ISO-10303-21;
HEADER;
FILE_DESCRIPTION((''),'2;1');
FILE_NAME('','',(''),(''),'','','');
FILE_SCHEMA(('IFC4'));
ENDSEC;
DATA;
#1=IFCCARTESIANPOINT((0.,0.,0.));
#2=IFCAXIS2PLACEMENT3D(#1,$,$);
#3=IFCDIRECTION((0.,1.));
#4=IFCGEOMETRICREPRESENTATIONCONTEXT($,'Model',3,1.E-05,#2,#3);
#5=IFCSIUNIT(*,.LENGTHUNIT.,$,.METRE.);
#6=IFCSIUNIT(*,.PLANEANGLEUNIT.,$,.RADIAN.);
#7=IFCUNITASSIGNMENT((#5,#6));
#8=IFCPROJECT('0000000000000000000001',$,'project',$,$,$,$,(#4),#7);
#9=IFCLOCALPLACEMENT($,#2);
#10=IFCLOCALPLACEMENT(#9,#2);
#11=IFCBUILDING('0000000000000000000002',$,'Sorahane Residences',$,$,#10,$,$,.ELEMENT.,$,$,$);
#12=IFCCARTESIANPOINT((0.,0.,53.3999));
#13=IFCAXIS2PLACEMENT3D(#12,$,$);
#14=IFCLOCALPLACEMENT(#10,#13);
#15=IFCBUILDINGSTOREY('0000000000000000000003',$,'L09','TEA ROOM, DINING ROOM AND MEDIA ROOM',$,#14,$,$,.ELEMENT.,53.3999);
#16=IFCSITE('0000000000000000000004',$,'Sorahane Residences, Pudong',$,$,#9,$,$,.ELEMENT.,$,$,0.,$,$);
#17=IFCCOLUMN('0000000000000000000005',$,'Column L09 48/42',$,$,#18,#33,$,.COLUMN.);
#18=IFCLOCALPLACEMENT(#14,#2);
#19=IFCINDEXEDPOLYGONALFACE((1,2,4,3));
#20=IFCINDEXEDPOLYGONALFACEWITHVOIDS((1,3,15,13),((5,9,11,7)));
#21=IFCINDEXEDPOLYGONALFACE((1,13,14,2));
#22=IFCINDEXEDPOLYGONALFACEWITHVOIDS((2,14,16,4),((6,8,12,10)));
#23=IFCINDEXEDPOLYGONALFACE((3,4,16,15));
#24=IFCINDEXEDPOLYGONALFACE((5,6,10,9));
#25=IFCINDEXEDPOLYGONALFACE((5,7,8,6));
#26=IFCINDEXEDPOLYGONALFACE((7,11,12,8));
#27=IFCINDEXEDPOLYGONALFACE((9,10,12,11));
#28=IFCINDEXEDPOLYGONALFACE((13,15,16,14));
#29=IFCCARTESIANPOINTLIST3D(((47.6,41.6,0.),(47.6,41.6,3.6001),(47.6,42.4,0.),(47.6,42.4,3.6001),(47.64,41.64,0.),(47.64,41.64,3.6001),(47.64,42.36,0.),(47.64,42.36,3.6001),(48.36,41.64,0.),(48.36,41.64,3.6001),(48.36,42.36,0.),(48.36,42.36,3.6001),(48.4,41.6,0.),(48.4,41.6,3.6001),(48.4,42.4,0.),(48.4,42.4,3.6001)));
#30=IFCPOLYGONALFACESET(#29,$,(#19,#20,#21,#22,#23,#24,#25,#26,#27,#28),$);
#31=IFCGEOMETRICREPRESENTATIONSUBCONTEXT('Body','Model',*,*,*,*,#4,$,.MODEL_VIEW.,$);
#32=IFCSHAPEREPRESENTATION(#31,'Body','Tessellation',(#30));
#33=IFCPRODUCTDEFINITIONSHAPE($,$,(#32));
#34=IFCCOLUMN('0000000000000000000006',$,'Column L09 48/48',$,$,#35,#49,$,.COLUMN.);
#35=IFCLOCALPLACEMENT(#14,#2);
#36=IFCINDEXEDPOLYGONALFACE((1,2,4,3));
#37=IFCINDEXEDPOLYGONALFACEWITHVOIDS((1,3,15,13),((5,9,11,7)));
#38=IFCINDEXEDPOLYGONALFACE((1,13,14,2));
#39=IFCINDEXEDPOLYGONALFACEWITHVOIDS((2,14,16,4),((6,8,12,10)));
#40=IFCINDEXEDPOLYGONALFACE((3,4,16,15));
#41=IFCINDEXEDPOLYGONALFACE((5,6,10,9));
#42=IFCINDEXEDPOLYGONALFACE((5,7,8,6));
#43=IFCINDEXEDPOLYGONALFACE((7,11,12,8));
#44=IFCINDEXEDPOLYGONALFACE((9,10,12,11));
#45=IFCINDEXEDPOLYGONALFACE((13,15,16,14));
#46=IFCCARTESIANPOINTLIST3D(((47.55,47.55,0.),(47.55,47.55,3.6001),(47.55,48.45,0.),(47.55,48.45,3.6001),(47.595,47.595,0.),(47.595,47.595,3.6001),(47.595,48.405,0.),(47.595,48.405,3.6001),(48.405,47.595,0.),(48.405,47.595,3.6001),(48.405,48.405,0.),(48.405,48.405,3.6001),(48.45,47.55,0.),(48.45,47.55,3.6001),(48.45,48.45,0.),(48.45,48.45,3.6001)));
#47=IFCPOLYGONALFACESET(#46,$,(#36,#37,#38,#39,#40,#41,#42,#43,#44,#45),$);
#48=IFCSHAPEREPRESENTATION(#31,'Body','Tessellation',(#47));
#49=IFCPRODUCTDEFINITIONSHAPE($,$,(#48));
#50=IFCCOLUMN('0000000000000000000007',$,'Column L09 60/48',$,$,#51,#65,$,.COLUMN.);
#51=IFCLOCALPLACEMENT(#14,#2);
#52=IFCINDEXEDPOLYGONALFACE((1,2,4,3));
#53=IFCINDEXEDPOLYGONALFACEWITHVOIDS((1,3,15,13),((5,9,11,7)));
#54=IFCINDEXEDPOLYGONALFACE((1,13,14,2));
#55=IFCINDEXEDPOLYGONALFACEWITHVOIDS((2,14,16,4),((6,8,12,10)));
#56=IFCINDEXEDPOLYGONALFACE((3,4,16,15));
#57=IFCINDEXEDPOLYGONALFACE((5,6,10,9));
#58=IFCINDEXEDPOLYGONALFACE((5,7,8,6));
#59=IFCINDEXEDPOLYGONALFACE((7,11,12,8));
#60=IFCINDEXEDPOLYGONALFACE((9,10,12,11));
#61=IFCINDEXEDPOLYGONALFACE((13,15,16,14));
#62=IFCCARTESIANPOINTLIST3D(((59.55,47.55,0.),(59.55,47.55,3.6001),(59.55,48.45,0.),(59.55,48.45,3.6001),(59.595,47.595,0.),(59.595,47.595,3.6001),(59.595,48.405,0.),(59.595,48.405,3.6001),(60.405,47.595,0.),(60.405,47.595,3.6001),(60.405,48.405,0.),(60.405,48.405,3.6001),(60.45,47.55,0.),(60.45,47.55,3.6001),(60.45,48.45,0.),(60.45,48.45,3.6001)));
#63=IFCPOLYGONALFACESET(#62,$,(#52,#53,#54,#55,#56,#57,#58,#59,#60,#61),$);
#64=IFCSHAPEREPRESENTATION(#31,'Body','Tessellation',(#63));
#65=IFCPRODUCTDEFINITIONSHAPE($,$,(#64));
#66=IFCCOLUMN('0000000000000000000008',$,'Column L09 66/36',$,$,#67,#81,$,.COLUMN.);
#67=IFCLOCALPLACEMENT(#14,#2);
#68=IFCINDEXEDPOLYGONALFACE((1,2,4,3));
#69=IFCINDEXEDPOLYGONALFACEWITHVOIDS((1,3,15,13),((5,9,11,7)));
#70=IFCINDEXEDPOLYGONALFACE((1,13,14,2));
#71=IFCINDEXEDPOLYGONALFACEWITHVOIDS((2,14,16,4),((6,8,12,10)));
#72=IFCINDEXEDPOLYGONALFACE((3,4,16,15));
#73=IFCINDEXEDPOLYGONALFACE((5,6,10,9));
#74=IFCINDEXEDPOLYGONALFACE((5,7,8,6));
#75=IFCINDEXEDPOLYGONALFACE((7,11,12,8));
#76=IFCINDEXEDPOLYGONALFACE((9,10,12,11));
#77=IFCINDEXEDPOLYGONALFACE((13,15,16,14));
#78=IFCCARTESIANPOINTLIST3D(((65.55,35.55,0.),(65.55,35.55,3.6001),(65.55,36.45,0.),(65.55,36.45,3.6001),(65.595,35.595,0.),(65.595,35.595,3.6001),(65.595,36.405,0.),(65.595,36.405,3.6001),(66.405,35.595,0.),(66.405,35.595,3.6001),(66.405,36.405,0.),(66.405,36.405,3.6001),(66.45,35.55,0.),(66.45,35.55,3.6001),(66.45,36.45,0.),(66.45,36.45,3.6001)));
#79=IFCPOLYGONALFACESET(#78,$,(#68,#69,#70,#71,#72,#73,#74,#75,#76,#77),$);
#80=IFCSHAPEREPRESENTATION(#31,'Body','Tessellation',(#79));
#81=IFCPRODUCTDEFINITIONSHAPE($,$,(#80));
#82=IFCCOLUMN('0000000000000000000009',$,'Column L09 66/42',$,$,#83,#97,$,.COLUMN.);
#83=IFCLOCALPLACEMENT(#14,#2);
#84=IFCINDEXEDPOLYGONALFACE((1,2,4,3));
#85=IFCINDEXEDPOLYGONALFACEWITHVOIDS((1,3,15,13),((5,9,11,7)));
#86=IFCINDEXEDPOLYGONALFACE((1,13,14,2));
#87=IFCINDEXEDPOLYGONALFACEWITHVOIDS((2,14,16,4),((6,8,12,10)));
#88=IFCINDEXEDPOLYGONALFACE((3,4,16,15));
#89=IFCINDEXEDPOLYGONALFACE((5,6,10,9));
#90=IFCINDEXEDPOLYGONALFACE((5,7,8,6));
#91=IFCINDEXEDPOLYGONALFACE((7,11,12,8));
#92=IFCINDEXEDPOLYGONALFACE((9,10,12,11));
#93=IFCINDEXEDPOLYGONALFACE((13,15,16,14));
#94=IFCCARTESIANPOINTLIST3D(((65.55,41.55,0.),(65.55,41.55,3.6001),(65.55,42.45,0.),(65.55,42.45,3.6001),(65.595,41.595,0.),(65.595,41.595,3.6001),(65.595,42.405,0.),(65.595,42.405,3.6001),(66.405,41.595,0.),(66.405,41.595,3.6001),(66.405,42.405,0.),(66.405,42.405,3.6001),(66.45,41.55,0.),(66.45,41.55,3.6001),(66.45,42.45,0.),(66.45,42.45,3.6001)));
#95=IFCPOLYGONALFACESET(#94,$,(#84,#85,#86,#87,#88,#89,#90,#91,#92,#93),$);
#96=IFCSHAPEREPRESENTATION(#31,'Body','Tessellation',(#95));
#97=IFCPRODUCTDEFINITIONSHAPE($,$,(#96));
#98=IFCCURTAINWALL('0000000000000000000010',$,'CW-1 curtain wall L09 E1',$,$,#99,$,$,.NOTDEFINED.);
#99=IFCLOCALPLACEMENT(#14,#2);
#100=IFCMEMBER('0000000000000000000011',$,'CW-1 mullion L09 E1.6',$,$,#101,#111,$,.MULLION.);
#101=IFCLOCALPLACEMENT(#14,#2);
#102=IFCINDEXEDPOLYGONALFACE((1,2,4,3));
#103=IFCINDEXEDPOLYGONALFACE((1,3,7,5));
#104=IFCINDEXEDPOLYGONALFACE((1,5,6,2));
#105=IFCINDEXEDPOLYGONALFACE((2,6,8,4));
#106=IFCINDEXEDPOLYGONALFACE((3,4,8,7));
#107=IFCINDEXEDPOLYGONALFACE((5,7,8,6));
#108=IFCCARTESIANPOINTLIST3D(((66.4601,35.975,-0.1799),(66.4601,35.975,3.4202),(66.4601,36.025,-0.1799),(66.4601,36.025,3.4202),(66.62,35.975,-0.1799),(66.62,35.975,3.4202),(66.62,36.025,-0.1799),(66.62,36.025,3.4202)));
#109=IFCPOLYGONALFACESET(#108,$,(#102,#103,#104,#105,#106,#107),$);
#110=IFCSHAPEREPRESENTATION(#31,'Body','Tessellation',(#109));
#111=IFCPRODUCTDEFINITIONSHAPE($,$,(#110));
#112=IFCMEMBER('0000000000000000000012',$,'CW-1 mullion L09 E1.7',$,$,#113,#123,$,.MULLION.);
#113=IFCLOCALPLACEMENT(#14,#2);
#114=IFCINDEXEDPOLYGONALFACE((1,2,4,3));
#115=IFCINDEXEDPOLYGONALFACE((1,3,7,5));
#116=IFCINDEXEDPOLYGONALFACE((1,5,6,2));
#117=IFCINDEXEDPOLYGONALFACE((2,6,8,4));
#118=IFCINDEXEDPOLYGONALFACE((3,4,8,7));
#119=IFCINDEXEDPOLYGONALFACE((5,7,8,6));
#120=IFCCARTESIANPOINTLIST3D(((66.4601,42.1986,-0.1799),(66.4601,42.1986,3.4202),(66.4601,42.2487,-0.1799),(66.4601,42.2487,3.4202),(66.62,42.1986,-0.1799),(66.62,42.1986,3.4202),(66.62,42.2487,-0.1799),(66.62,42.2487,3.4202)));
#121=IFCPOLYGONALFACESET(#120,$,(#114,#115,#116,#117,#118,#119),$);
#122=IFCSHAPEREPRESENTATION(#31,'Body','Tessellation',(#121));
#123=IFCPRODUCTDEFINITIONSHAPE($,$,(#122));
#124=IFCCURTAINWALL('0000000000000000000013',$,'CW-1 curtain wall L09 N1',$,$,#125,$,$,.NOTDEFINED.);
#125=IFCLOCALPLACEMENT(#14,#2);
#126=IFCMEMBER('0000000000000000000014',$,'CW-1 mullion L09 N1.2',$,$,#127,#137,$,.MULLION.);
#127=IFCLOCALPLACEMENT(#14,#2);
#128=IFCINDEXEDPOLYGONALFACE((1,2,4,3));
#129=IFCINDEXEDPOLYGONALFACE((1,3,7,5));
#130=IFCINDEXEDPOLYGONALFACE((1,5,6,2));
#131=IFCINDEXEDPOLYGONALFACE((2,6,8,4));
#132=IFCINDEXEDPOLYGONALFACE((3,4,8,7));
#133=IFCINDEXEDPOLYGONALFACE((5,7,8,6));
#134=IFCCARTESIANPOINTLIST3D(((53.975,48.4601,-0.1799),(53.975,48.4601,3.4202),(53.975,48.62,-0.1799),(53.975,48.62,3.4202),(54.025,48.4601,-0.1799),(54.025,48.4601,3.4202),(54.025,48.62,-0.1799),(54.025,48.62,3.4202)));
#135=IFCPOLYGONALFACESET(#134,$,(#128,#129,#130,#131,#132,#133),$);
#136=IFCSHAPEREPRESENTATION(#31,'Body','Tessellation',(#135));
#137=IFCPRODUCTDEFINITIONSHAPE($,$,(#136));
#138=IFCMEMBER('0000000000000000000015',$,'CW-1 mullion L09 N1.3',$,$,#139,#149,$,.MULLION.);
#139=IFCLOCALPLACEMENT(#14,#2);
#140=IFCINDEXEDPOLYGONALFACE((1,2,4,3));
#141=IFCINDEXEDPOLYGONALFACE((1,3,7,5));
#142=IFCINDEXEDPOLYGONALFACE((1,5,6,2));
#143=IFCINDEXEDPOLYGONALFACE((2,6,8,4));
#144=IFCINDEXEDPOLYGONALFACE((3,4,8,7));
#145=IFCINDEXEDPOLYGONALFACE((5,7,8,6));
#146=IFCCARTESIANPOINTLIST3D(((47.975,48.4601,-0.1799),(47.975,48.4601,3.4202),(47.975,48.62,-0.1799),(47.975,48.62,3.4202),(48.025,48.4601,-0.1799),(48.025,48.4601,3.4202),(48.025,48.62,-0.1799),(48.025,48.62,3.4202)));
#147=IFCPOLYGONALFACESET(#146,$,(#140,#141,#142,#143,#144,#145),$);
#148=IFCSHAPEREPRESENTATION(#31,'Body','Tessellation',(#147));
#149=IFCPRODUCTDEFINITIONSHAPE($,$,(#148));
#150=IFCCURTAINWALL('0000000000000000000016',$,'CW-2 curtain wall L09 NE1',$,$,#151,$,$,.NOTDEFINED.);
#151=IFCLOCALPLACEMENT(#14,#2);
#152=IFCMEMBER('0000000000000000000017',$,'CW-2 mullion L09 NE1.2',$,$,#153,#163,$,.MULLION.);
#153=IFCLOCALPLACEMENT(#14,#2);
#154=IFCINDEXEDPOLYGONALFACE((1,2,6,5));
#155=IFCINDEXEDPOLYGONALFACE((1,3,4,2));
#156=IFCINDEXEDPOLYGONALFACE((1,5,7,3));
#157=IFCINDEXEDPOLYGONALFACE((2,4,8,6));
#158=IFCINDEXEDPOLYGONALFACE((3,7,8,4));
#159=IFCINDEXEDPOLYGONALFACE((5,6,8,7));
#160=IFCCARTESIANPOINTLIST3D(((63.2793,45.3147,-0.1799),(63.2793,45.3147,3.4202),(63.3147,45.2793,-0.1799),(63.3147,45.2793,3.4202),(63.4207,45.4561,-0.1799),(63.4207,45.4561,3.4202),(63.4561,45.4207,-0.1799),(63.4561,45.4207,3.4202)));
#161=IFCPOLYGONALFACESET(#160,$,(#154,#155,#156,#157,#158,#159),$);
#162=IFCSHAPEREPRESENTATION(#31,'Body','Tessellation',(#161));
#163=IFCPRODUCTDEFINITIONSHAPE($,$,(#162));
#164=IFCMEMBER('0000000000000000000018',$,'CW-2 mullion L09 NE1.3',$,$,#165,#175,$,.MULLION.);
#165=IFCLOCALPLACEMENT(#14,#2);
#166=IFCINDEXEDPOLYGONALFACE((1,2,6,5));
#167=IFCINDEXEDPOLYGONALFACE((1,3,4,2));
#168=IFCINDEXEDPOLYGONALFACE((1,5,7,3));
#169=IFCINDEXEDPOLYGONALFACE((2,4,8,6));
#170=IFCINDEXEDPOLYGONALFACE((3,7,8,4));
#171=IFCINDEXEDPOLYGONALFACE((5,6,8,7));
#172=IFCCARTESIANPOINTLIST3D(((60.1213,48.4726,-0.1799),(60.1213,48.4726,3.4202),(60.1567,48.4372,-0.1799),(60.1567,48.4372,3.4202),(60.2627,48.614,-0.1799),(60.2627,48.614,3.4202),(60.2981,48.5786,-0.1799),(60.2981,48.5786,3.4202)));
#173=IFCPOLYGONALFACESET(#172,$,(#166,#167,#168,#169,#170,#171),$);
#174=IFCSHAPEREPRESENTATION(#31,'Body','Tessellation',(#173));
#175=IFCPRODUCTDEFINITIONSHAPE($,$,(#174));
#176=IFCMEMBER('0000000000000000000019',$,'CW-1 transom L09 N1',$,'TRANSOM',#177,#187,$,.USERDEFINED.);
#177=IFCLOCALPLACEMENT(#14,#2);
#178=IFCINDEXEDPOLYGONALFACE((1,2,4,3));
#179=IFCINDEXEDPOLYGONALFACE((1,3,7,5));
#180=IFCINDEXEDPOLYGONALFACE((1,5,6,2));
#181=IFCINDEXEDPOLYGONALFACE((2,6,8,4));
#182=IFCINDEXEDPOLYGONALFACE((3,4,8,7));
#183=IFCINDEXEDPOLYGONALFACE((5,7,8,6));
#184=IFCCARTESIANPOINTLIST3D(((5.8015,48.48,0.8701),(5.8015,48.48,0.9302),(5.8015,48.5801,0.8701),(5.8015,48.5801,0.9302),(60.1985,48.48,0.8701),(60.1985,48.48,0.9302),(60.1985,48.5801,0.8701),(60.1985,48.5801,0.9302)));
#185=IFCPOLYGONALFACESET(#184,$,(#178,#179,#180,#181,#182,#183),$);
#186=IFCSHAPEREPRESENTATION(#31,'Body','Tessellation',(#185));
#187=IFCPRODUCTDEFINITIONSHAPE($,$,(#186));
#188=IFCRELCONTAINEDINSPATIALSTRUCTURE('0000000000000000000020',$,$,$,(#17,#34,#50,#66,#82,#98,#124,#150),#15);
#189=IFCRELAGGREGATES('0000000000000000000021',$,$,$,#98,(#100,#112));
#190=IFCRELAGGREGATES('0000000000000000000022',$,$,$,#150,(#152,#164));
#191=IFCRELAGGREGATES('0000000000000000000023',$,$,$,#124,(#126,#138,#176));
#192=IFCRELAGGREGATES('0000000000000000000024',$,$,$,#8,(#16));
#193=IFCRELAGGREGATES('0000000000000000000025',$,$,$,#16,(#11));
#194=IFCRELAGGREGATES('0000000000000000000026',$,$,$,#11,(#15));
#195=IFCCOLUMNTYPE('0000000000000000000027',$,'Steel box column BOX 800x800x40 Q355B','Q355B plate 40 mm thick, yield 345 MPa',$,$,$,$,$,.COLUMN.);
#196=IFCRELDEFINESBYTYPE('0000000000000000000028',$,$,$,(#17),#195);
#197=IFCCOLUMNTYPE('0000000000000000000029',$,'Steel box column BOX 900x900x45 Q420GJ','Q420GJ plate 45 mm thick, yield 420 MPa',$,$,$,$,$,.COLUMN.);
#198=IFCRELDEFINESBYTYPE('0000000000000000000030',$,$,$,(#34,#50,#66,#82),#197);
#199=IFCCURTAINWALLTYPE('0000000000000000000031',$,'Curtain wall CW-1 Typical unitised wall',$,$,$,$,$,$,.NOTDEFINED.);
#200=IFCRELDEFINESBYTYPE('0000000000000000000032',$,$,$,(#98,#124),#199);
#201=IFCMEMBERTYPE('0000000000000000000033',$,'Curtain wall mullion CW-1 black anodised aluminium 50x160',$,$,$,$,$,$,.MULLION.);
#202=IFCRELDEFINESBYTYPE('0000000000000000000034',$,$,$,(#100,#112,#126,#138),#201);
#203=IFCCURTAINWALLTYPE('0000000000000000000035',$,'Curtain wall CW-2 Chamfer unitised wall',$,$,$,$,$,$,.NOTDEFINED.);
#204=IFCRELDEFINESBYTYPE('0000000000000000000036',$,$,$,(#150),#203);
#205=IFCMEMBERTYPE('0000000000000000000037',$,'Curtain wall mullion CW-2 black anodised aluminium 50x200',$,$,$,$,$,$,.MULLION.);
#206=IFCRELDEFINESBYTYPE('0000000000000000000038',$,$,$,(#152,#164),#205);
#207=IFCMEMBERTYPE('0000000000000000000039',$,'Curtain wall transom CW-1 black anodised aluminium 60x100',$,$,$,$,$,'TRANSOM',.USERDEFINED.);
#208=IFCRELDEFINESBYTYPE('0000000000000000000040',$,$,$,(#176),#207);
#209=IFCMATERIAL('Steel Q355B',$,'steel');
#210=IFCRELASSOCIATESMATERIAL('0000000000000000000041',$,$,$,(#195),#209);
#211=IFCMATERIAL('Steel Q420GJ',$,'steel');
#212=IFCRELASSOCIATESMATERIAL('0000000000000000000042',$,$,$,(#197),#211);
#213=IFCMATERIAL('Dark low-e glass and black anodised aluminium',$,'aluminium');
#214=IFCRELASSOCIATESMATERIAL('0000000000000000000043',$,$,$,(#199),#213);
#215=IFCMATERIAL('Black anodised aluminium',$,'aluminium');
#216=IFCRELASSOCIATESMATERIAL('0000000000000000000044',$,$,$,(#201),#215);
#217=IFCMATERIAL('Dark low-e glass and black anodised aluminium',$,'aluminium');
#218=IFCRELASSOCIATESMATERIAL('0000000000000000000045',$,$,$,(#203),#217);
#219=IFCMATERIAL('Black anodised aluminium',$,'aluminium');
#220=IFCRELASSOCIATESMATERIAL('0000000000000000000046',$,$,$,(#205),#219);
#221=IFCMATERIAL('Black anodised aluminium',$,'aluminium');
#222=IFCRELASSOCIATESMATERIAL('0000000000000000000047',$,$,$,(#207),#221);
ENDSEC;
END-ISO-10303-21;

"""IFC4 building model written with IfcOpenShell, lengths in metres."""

from ifc_helpers import new_model, si_unit, direction, frame, origin, origin_2d, place, context, subcontext, project, spatial, rectangle, hollow_rectangle, extrude, material, material_profile, profile_set, type_object, element, aggregate, save


model = new_model("IFC4")

# Units and contexts
model_context = context("Model", 3, precision=1e-05, world=origin(), true_north=direction((0.0, 1.0)))
body_context = subcontext(model_context, "Body", "Model", "MODEL_VIEW")
ifc_project = project(units=[si_unit("LENGTHUNIT", "METRE"), si_unit("PLANEANGLEUNIT", "RADIAN")], contexts=[model_context])

# Site, building, storey
site_placement = place(None, origin())
site = spatial("IfcSite", under=ifc_project, at=site_placement, Name="Sorahane Residences, Pudong", CompositionType="ELEMENT", RefElevation=0.0)
building_placement = place(site_placement, origin())
building = spatial("IfcBuilding", under=site, at=building_placement, Name="Sorahane Residences", CompositionType="ELEMENT")
storey_placement = place(building_placement, frame((0.0, 0.0, 53.3999)))
storey = spatial("IfcBuildingStorey", under=building, at=storey_placement, Name="L09", Description="TEA ROOM, DINING ROOM AND MEDIA ROOM", CompositionType="ELEMENT", Elevation=53.3999)

# Columns
ifc_material_1 = material(Name="Steel Q355B", Category="steel")
ifc_material_profile_1 = material_profile(ifc_material_1, hollow_rectangle(XDim=0.8, YDim=0.8, WallThickness=0.04, at=origin_2d()), Name="BOX 800x800x40")
ifc_profile_set_1 = profile_set([ifc_material_profile_1], Name="Steel Q355B")
column_type_1 = type_object("IfcColumnType", Name="Steel box column BOX 800x800x40 Q355B", Description="Q355B plate 40 mm thick, yield 345 MPa", PredefinedType="COLUMN", material=ifc_profile_set_1)
column_placement = place(storey_placement, frame((48.0, 42.0, 0.0), z_axis=(0.0, 0.0, 1.0), x_axis=(1.0, 0.0, 0.0)))
element("IfcColumn", 1, at=column_placement, inside=storey, type_object=column_type_1, Name="Column L09 48/42", PredefinedType="COLUMN", context=body_context, shape_type="SweptSolid", body=[
    extrude(hollow_rectangle(XDim=0.8, YDim=0.8, WallThickness=0.04, at=origin_2d()), origin(), (0.0, 0.0, 1.0), 3.6001),
])
ifc_material_2 = material(Name="Steel Q420GJ", Category="steel")
ifc_material_profile_2 = material_profile(ifc_material_2, hollow_rectangle(XDim=0.8999, YDim=0.8999, WallThickness=0.0449, at=origin_2d()), Name="BOX 900x900x45")
ifc_profile_set_2 = profile_set([ifc_material_profile_2], Name="Steel Q420GJ")
column_type_2 = type_object("IfcColumnType", Name="Steel box column BOX 900x900x45 Q420GJ", Description="Q420GJ plate 45 mm thick, yield 420 MPa", PredefinedType="COLUMN", material=ifc_profile_set_2)
for number, where, z_axis, x_axis, name in (
    (2, (48.0, 48.0, 0.0), (0.0, 0.0, 1.0), (1.0, 0.0, 0.0), "Column L09 48/48"),
    (3, (60.0, 48.0, 0.0), (0.0, 0.0, 1.0), (1.0, 0.0, 0.0), "Column L09 60/48"),
    (4, (66.0, 36.0, 0.0), (0.0, 0.0, 1.0), (1.0, 0.0, 0.0), "Column L09 66/36"),
    (5, (66.0, 42.0, 0.0), (0.0, 0.0, 1.0), (1.0, 0.0, 0.0), "Column L09 66/42"),
):
    element("IfcColumn", number, at=place(storey_placement, frame(where, z_axis=z_axis, x_axis=x_axis)), inside=storey, type_object=column_type_2, Name=name, PredefinedType="COLUMN", context=body_context, shape_type="SweptSolid", body=[
        extrude(hollow_rectangle(XDim=0.8999, YDim=0.8999, WallThickness=0.0449, at=origin_2d()), origin(), (0.0, 0.0, 1.0), 3.6001),
    ])

# Curtain walls, members
ifc_material_3 = material(Name="Dark low-e glass and black anodised aluminium", Category="aluminium")
curtain_wall_type_1 = type_object("IfcCurtainWallType", Name="Curtain wall CW-1 Typical unitised wall", PredefinedType="NOTDEFINED", material=ifc_material_3)
curtain_wall_1_placement = place(storey_placement, origin())
curtain_wall_1 = element("IfcCurtainWall", 6, at=curtain_wall_1_placement, inside=storey, type_object=curtain_wall_type_1, Name="CW-1 curtain wall L09 E1", PredefinedType="NOTDEFINED")
ifc_material_4 = material(Name="Black anodised aluminium", Category="aluminium")
ifc_material_profile_3 = material_profile(ifc_material_4, rectangle(XDim=0.1599, YDim=0.05, at=origin_2d()), Name="Curtain wall mullion CW-1 black anodised aluminium 50x160")
ifc_profile_set_3 = profile_set([ifc_material_profile_3], Name="Black anodised aluminium")
member_type_1 = type_object("IfcMemberType", Name="Curtain wall mullion CW-1 black anodised aluminium 50x160", PredefinedType="MULLION", material=ifc_profile_set_3)
member_1_placement = place(storey_placement, frame((66.54, 36.0, -0.1799), z_axis=(0.0, 0.0, 1.0), x_axis=(1.0, 0.0, 0.0)))
member_1 = element("IfcMember", 7, at=member_1_placement, type_object=member_type_1, Name="CW-1 mullion L09 E1.6", PredefinedType="MULLION", context=body_context, shape_type="SweptSolid", body=[
    extrude(rectangle(XDim=0.1599, YDim=0.05, at=origin_2d()), origin(), (0.0, 0.0, 1.0), 3.6001),
])
member_2_placement = place(storey_placement, frame((66.54, 42.2236, -0.1799), z_axis=(0.0, 0.0, 1.0), x_axis=(1.0, 0.0, 0.0)))
member_2 = element("IfcMember", 8, at=member_2_placement, type_object=member_type_1, Name="CW-1 mullion L09 E1.7", PredefinedType="MULLION", context=body_context, shape_type="SweptSolid", body=[
    extrude(rectangle(XDim=0.1599, YDim=0.05, at=origin_2d()), origin(), (0.0, 0.0, 1.0), 3.6001),
])
curtain_wall_2_placement = place(storey_placement, origin())
curtain_wall_2 = element("IfcCurtainWall", 9, at=curtain_wall_2_placement, inside=storey, type_object=curtain_wall_type_1, Name="CW-1 curtain wall L09 N1", PredefinedType="NOTDEFINED")
member_3_placement = place(storey_placement, frame((54.0, 48.54, -0.1799), z_axis=(0.0, 0.0, 1.0), x_axis=(0.0, 1.0, 0.0)))
member_3 = element("IfcMember", 10, at=member_3_placement, type_object=member_type_1, Name="CW-1 mullion L09 N1.2", PredefinedType="MULLION", context=body_context, shape_type="SweptSolid", body=[
    extrude(rectangle(XDim=0.1599, YDim=0.05, at=origin_2d()), origin(), (0.0, 0.0, 1.0), 3.6001),
])
member_4_placement = place(storey_placement, frame((48.0, 48.54, -0.1799), z_axis=(0.0, 0.0, 1.0), x_axis=(0.0, 1.0, 0.0)))
member_4 = element("IfcMember", 11, at=member_4_placement, type_object=member_type_1, Name="CW-1 mullion L09 N1.3", PredefinedType="MULLION", context=body_context, shape_type="SweptSolid", body=[
    extrude(rectangle(XDim=0.1599, YDim=0.05, at=origin_2d()), origin(), (0.0, 0.0, 1.0), 3.6001),
])
ifc_material_5 = material(Name="Dark low-e glass and black anodised aluminium", Category="aluminium")
curtain_wall_type_2 = type_object("IfcCurtainWallType", Name="Curtain wall CW-2 Chamfer unitised wall", PredefinedType="NOTDEFINED", material=ifc_material_5)
curtain_wall_3_placement = place(storey_placement, origin())
curtain_wall_3 = element("IfcCurtainWall", 12, at=curtain_wall_3_placement, inside=storey, type_object=curtain_wall_type_2, Name="CW-2 curtain wall L09 NE1", PredefinedType="NOTDEFINED")
ifc_material_6 = material(Name="Black anodised aluminium", Category="aluminium")
ifc_material_profile_4 = material_profile(ifc_material_6, rectangle(XDim=0.2, YDim=0.05, at=origin_2d()), Name="Curtain wall mullion CW-2 black anodised aluminium 50x200")
ifc_profile_set_4 = profile_set([ifc_material_profile_4], Name="Black anodised aluminium")
member_type_2 = type_object("IfcMemberType", Name="Curtain wall mullion CW-2 black anodised aluminium 50x200", PredefinedType="MULLION", material=ifc_profile_set_4)
member_5_placement = place(storey_placement, frame((63.3677, 45.3677, -0.1799), z_axis=(0.0, 0.0, 1.0), x_axis=(0.707107, 0.707107, 0.0)))
member_5 = element("IfcMember", 13, at=member_5_placement, type_object=member_type_2, Name="CW-2 mullion L09 NE1.2", PredefinedType="MULLION", context=body_context, shape_type="SweptSolid", body=[
    extrude(rectangle(XDim=0.2, YDim=0.05, at=origin_2d()), origin(), (0.0, 0.0, 1.0), 3.6001),
])
member_6_placement = place(storey_placement, frame((60.2097, 48.5256, -0.1799), z_axis=(0.0, 0.0, 1.0), x_axis=(0.707107, 0.707107, 0.0)))
member_6 = element("IfcMember", 14, at=member_6_placement, type_object=member_type_2, Name="CW-2 mullion L09 NE1.3", PredefinedType="MULLION", context=body_context, shape_type="SweptSolid", body=[
    extrude(rectangle(XDim=0.2, YDim=0.05, at=origin_2d()), origin(), (0.0, 0.0, 1.0), 3.6001),
])

# Member
ifc_material_7 = material(Name="Black anodised aluminium", Category="aluminium")
ifc_material_profile_5 = material_profile(ifc_material_7, rectangle(XDim=0.1001, YDim=0.0601, at=origin_2d()), Name="Curtain wall transom CW-1 black anodised aluminium 60x100")
ifc_profile_set_5 = profile_set([ifc_material_profile_5], Name="Black anodised aluminium")
member_type_3 = type_object("IfcMemberType", Name="Curtain wall transom CW-1 black anodised aluminium 60x100", ElementType="TRANSOM", PredefinedType="USERDEFINED", material=ifc_profile_set_5)
member_7_placement = place(storey_placement, frame((60.1985, 48.53, 0.9001), z_axis=(-1.0, 0.0, 0.0), x_axis=(0.0, -1.0, 0.0)))
member_7 = element("IfcMember", 15, at=member_7_placement, type_object=member_type_3, Name="CW-1 transom L09 N1", ObjectType="TRANSOM", PredefinedType="USERDEFINED", context=body_context, shape_type="SweptSolid", body=[
    extrude(rectangle(XDim=0.1001, YDim=0.0601, at=origin_2d()), origin(), (0.0, 0.0, 1.0), 54.397),
])

aggregate(curtain_wall_1, [member_1, member_2])
aggregate(curtain_wall_3, [member_5, member_6])
aggregate(curtain_wall_2, [member_3, member_4, member_7])

save(model, "model.ifc")
